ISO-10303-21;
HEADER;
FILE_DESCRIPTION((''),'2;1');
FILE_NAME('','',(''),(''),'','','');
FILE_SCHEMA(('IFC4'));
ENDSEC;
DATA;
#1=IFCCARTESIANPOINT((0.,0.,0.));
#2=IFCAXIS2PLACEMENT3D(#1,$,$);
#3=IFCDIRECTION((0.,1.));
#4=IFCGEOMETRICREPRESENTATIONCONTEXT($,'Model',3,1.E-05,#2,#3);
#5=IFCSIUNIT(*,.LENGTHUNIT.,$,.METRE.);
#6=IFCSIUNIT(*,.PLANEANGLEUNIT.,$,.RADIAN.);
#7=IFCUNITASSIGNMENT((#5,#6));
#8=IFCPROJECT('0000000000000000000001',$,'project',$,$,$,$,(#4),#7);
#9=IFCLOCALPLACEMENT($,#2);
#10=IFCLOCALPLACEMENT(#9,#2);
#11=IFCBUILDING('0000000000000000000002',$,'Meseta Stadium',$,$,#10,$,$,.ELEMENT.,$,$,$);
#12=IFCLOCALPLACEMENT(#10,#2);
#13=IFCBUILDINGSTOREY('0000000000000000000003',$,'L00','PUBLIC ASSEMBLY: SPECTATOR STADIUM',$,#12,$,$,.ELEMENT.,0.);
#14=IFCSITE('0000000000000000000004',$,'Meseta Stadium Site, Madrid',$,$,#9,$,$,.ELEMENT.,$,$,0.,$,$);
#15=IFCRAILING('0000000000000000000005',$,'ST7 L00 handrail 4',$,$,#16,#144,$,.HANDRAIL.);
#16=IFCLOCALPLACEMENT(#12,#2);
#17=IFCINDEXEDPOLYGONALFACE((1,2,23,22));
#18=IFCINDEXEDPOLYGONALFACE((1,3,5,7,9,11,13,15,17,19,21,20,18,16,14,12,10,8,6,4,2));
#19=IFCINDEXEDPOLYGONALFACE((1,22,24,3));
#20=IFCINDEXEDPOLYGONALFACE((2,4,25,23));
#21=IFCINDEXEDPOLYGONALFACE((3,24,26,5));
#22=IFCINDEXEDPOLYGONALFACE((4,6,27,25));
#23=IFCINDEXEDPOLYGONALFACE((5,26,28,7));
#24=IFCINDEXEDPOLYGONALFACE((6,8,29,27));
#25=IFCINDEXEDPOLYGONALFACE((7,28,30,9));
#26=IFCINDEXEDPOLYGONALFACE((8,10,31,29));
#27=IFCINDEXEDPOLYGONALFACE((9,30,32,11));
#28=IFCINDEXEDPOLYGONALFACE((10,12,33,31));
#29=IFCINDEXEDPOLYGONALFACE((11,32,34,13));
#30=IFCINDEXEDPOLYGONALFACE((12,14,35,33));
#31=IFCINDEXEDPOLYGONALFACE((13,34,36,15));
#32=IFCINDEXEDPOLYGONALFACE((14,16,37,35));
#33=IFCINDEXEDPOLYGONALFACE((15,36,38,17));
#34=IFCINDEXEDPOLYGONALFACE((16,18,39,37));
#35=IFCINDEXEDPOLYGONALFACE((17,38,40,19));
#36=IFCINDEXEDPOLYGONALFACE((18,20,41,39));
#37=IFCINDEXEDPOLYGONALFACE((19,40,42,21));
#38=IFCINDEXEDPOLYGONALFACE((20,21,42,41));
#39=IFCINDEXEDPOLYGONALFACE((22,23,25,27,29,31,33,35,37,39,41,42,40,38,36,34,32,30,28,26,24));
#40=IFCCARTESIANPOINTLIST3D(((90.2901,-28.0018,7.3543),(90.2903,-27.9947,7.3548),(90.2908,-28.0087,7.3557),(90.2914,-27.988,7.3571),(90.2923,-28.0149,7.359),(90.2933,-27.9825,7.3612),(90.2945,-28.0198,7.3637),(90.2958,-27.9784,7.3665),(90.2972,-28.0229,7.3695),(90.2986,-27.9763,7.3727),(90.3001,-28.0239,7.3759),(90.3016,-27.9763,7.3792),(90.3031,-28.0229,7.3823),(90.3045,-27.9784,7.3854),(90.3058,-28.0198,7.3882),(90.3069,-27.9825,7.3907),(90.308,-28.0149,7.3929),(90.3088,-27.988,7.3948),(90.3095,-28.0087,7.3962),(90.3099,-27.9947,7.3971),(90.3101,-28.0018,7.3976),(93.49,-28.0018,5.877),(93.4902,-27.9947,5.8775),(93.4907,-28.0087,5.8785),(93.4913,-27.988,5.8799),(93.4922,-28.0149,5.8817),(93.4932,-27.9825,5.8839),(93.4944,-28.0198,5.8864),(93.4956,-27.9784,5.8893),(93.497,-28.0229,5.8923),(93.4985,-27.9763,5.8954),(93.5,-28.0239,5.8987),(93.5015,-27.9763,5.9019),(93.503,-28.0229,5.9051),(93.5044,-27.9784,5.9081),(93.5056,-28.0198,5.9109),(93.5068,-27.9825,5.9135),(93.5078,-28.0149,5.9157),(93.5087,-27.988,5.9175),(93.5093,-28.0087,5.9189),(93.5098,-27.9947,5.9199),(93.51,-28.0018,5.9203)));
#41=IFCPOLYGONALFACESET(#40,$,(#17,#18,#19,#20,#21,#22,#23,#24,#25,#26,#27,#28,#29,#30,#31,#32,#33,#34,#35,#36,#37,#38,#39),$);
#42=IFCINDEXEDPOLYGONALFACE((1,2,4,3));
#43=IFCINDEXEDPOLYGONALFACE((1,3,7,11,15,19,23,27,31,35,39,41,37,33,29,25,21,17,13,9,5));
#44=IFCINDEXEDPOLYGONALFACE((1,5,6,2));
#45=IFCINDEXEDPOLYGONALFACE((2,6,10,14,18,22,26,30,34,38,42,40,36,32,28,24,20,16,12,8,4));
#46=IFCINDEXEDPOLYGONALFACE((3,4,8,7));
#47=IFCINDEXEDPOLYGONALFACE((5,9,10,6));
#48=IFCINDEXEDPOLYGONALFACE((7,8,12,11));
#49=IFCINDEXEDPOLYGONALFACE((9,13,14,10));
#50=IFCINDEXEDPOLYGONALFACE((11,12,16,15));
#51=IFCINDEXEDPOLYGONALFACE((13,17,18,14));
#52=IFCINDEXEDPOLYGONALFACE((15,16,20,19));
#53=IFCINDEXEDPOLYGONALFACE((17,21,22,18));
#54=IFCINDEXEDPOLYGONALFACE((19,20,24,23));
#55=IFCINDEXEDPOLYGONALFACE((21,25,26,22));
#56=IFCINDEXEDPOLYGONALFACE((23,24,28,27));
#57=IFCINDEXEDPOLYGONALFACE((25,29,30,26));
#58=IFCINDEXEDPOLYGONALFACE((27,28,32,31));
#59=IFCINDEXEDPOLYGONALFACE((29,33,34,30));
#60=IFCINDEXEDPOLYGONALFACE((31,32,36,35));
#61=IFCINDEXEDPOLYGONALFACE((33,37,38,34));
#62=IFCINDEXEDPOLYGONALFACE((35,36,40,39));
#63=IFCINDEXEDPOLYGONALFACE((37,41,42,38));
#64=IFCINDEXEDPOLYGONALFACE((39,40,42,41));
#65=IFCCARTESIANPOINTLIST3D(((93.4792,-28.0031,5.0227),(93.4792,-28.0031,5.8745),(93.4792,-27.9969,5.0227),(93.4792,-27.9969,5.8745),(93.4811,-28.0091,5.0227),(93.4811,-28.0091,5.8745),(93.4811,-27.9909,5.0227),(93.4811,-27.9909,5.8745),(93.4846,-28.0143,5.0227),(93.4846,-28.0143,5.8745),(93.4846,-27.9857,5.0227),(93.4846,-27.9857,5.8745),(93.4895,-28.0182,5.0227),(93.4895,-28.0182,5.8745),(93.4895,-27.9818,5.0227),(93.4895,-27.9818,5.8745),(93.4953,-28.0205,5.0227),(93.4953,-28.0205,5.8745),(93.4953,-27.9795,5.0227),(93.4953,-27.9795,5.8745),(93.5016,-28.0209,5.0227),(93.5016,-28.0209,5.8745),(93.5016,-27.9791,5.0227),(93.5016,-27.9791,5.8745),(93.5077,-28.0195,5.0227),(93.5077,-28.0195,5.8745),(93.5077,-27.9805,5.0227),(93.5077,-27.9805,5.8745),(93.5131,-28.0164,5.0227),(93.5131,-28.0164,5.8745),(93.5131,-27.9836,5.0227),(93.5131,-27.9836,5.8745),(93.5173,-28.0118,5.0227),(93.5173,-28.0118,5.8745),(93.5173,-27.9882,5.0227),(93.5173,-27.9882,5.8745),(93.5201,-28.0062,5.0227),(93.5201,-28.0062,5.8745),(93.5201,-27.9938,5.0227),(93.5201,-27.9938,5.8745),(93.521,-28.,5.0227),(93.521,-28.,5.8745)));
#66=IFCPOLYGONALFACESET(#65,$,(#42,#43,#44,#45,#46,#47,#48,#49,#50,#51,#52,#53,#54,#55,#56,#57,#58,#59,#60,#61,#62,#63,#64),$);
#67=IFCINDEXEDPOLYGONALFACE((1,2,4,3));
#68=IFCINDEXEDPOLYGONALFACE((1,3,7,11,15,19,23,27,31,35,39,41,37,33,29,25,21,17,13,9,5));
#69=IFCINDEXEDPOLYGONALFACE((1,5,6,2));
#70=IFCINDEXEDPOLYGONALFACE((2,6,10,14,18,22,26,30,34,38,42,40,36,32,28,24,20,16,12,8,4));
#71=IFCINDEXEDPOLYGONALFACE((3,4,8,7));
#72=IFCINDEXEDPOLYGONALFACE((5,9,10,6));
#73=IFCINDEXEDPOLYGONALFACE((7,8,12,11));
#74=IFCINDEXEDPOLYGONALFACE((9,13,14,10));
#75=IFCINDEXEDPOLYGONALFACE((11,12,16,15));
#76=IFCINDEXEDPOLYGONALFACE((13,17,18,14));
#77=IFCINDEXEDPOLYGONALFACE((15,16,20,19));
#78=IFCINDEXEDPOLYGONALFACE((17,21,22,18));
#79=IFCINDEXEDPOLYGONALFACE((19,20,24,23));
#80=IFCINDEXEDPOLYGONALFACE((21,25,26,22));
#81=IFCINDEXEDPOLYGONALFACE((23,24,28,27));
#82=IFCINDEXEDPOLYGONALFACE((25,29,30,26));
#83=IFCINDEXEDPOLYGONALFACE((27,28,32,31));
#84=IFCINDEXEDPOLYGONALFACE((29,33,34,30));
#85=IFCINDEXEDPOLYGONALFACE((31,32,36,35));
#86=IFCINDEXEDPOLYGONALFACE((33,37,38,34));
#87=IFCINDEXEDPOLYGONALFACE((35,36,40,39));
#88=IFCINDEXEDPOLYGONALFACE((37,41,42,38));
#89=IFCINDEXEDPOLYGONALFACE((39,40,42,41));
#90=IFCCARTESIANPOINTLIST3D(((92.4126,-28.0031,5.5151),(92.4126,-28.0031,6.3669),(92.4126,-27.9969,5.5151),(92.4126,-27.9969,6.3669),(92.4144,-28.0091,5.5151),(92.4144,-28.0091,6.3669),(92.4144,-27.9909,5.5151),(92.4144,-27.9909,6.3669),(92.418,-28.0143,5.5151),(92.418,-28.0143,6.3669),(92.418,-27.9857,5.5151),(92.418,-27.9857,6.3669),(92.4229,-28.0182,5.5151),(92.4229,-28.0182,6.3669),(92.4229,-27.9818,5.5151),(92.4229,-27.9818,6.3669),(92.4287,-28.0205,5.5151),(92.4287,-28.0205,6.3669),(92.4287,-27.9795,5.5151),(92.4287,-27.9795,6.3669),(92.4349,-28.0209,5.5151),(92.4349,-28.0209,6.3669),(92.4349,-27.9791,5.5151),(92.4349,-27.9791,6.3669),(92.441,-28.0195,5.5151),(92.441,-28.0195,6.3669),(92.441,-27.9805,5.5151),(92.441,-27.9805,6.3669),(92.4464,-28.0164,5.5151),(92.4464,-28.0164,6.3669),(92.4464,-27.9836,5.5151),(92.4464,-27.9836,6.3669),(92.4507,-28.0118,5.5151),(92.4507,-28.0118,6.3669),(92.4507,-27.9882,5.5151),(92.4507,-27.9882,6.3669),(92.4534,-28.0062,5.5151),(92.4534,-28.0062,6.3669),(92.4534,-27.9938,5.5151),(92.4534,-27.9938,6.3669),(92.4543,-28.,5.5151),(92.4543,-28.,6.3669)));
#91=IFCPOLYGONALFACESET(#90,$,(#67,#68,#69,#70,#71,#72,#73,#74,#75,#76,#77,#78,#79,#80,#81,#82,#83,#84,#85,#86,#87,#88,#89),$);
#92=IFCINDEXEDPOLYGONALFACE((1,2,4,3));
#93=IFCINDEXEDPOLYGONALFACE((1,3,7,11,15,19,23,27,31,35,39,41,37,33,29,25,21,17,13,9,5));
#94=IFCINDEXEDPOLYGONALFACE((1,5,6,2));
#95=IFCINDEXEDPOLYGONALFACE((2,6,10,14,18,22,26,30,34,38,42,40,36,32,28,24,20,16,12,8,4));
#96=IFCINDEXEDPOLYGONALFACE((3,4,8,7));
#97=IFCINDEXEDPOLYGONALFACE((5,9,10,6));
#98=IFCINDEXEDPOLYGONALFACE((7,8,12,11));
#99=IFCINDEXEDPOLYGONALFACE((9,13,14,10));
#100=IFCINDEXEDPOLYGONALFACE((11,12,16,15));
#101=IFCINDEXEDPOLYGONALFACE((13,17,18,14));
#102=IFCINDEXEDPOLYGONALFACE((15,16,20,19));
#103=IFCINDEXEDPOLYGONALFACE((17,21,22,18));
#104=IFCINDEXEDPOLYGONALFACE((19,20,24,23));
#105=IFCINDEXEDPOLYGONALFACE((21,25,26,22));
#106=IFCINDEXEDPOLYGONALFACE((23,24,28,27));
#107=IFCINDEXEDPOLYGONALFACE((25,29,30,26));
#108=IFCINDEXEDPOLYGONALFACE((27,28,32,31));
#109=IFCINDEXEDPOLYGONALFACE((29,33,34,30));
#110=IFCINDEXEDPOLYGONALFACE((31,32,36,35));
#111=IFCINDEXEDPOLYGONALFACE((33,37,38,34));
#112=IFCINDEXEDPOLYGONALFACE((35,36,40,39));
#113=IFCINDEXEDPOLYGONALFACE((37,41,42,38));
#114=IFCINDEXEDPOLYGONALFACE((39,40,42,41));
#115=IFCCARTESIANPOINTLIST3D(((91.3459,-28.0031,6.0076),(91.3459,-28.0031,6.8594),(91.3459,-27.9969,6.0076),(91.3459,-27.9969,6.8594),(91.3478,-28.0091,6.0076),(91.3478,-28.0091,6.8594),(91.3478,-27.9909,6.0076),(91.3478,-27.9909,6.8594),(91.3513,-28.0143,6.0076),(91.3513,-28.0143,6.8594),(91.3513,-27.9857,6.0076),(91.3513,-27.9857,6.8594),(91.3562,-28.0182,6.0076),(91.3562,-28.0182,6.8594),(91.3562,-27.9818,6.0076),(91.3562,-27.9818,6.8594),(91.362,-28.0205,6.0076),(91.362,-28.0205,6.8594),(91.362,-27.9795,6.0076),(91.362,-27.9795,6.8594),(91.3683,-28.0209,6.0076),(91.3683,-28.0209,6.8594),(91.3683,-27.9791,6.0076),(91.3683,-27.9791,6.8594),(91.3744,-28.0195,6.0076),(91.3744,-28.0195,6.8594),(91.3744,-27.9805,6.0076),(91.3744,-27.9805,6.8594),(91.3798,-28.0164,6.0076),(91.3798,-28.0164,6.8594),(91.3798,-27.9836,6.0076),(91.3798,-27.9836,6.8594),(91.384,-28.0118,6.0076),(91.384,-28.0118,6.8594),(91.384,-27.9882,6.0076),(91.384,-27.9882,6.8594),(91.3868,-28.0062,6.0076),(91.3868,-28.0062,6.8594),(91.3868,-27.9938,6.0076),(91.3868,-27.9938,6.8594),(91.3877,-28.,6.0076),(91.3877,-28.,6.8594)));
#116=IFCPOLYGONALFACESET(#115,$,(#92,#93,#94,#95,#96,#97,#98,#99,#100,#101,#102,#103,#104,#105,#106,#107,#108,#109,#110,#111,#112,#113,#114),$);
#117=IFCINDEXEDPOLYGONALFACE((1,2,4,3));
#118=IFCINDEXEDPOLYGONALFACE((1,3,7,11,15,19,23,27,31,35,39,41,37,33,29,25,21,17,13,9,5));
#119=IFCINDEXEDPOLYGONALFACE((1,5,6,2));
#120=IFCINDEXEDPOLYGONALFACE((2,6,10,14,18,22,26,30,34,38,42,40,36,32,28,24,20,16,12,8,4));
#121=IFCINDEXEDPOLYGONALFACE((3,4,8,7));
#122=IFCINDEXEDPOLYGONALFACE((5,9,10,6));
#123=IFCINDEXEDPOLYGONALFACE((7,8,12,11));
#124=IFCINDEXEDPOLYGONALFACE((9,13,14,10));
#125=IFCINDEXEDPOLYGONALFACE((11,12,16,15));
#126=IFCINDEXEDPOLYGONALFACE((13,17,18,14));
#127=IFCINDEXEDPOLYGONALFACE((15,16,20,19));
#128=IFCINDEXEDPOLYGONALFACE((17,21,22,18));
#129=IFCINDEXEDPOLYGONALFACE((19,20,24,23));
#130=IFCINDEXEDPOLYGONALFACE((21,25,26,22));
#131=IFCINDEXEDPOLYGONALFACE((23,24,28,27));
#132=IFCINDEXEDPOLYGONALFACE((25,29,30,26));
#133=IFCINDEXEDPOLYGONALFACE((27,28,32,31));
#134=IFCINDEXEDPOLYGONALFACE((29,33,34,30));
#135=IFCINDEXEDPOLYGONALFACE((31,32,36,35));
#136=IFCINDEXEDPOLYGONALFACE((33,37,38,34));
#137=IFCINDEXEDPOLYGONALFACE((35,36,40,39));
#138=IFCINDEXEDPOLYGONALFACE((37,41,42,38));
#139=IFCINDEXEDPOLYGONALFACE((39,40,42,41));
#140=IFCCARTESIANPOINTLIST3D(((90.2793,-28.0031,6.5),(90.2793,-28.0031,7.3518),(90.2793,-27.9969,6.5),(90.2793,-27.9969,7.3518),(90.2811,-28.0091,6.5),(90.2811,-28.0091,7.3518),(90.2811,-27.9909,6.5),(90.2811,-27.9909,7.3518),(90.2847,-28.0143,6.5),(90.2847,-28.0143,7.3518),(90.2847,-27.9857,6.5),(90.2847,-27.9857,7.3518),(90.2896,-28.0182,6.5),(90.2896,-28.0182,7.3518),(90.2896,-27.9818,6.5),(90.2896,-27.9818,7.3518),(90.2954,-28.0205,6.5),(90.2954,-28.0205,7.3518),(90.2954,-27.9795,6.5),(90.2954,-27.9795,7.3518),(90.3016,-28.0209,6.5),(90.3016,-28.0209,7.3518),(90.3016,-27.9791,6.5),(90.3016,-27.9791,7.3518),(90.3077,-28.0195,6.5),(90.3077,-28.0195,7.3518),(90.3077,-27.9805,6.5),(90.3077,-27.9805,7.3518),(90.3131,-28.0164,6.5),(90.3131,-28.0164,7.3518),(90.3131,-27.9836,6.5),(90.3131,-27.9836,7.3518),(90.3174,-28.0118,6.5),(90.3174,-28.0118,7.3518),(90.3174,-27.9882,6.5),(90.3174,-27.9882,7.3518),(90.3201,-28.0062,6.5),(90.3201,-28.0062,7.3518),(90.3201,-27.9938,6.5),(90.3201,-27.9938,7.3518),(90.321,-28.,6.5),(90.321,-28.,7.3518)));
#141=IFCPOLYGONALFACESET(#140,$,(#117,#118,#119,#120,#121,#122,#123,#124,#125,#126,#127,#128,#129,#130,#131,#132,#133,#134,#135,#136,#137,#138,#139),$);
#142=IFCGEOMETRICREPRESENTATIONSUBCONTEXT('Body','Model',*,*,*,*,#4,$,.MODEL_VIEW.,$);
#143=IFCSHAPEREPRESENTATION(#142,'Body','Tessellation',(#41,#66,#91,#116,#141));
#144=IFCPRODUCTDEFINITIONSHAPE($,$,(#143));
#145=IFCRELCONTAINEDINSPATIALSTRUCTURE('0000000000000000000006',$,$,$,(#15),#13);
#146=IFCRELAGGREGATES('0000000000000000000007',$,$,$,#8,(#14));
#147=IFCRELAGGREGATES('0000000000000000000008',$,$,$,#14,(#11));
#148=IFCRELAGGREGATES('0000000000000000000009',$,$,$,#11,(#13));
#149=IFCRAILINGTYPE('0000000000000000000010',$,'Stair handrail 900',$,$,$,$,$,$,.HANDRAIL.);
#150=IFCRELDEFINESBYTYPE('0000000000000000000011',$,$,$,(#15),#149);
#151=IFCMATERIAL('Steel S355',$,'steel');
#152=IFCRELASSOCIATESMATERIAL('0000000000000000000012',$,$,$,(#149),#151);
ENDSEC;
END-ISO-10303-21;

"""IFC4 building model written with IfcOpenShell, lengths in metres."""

from ifc_helpers import new_model, si_unit, direction, frame, origin, origin_2d, place, context, subcontext, project, spatial, circle, extrude, material, type_object, element, save


model = new_model("IFC4")

# Units and contexts
model_context = context("Model", 3, precision=1e-05, world=origin(), true_north=direction((0.0, 1.0)))
body_context = subcontext(model_context, "Body", "Model", "MODEL_VIEW")
ifc_project = project(units=[si_unit("LENGTHUNIT", "METRE"), si_unit("PLANEANGLEUNIT", "RADIAN")], contexts=[model_context])

# Site, building, storey
site_placement = place(None, origin())
site = spatial("IfcSite", under=ifc_project, at=site_placement, Name="Meseta Stadium Site, Madrid", CompositionType="ELEMENT", RefElevation=0.0)
building_placement = place(site_placement, origin())
building = spatial("IfcBuilding", under=site, at=building_placement, Name="Meseta Stadium", CompositionType="ELEMENT")
storey_placement = place(building_placement, origin())
storey = spatial("IfcBuildingStorey", under=building, at=storey_placement, Name="L00", Description="PUBLIC ASSEMBLY: SPECTATOR STADIUM", CompositionType="ELEMENT", Elevation=0.0)

# Railing
ifc_material_1 = material(Name="Steel S355", Category="steel")
railing_type_1 = type_object("IfcRailingType", Name="Stair handrail 900", PredefinedType="HANDRAIL", material=ifc_material_1)
railing_1_placement = place(storey_placement, frame((93.5, -28.0, 5.0227)))
element("IfcRailing", 1, at=railing_1_placement, inside=storey, type_object=railing_type_1, Name="ST7 L00 handrail 4", PredefinedType="HANDRAIL", context=body_context, shape_type="SweptSolid", body=[
    extrude(circle(Radius=0.0239, at=origin_2d()), frame((0.0, 0.0, 0.876), z_axis=(-0.907917, 0.0, 0.41915), x_axis=(0.0, -1.0, 0.0)), (0.0, 0.0, 1.0), 3.5244),
    extrude(circle(Radius=0.021, at=origin_2d()), origin(), (0.0, 0.0, 1.0), 0.8518),
    extrude(circle(Radius=0.021, at=origin_2d()), frame((-1.0667, 0.0, 0.4924)), (0.0, 0.0, 1.0), 0.8518),
    extrude(circle(Radius=0.021, at=origin_2d()), frame((-2.1333, 0.0, 0.9849)), (0.0, 0.0, 1.0), 0.8518),
    extrude(circle(Radius=0.021, at=origin_2d()), frame((-3.2, 0.0, 1.4773)), (0.0, 0.0, 1.0), 0.8518),
])

save(model, "model.ifc")
